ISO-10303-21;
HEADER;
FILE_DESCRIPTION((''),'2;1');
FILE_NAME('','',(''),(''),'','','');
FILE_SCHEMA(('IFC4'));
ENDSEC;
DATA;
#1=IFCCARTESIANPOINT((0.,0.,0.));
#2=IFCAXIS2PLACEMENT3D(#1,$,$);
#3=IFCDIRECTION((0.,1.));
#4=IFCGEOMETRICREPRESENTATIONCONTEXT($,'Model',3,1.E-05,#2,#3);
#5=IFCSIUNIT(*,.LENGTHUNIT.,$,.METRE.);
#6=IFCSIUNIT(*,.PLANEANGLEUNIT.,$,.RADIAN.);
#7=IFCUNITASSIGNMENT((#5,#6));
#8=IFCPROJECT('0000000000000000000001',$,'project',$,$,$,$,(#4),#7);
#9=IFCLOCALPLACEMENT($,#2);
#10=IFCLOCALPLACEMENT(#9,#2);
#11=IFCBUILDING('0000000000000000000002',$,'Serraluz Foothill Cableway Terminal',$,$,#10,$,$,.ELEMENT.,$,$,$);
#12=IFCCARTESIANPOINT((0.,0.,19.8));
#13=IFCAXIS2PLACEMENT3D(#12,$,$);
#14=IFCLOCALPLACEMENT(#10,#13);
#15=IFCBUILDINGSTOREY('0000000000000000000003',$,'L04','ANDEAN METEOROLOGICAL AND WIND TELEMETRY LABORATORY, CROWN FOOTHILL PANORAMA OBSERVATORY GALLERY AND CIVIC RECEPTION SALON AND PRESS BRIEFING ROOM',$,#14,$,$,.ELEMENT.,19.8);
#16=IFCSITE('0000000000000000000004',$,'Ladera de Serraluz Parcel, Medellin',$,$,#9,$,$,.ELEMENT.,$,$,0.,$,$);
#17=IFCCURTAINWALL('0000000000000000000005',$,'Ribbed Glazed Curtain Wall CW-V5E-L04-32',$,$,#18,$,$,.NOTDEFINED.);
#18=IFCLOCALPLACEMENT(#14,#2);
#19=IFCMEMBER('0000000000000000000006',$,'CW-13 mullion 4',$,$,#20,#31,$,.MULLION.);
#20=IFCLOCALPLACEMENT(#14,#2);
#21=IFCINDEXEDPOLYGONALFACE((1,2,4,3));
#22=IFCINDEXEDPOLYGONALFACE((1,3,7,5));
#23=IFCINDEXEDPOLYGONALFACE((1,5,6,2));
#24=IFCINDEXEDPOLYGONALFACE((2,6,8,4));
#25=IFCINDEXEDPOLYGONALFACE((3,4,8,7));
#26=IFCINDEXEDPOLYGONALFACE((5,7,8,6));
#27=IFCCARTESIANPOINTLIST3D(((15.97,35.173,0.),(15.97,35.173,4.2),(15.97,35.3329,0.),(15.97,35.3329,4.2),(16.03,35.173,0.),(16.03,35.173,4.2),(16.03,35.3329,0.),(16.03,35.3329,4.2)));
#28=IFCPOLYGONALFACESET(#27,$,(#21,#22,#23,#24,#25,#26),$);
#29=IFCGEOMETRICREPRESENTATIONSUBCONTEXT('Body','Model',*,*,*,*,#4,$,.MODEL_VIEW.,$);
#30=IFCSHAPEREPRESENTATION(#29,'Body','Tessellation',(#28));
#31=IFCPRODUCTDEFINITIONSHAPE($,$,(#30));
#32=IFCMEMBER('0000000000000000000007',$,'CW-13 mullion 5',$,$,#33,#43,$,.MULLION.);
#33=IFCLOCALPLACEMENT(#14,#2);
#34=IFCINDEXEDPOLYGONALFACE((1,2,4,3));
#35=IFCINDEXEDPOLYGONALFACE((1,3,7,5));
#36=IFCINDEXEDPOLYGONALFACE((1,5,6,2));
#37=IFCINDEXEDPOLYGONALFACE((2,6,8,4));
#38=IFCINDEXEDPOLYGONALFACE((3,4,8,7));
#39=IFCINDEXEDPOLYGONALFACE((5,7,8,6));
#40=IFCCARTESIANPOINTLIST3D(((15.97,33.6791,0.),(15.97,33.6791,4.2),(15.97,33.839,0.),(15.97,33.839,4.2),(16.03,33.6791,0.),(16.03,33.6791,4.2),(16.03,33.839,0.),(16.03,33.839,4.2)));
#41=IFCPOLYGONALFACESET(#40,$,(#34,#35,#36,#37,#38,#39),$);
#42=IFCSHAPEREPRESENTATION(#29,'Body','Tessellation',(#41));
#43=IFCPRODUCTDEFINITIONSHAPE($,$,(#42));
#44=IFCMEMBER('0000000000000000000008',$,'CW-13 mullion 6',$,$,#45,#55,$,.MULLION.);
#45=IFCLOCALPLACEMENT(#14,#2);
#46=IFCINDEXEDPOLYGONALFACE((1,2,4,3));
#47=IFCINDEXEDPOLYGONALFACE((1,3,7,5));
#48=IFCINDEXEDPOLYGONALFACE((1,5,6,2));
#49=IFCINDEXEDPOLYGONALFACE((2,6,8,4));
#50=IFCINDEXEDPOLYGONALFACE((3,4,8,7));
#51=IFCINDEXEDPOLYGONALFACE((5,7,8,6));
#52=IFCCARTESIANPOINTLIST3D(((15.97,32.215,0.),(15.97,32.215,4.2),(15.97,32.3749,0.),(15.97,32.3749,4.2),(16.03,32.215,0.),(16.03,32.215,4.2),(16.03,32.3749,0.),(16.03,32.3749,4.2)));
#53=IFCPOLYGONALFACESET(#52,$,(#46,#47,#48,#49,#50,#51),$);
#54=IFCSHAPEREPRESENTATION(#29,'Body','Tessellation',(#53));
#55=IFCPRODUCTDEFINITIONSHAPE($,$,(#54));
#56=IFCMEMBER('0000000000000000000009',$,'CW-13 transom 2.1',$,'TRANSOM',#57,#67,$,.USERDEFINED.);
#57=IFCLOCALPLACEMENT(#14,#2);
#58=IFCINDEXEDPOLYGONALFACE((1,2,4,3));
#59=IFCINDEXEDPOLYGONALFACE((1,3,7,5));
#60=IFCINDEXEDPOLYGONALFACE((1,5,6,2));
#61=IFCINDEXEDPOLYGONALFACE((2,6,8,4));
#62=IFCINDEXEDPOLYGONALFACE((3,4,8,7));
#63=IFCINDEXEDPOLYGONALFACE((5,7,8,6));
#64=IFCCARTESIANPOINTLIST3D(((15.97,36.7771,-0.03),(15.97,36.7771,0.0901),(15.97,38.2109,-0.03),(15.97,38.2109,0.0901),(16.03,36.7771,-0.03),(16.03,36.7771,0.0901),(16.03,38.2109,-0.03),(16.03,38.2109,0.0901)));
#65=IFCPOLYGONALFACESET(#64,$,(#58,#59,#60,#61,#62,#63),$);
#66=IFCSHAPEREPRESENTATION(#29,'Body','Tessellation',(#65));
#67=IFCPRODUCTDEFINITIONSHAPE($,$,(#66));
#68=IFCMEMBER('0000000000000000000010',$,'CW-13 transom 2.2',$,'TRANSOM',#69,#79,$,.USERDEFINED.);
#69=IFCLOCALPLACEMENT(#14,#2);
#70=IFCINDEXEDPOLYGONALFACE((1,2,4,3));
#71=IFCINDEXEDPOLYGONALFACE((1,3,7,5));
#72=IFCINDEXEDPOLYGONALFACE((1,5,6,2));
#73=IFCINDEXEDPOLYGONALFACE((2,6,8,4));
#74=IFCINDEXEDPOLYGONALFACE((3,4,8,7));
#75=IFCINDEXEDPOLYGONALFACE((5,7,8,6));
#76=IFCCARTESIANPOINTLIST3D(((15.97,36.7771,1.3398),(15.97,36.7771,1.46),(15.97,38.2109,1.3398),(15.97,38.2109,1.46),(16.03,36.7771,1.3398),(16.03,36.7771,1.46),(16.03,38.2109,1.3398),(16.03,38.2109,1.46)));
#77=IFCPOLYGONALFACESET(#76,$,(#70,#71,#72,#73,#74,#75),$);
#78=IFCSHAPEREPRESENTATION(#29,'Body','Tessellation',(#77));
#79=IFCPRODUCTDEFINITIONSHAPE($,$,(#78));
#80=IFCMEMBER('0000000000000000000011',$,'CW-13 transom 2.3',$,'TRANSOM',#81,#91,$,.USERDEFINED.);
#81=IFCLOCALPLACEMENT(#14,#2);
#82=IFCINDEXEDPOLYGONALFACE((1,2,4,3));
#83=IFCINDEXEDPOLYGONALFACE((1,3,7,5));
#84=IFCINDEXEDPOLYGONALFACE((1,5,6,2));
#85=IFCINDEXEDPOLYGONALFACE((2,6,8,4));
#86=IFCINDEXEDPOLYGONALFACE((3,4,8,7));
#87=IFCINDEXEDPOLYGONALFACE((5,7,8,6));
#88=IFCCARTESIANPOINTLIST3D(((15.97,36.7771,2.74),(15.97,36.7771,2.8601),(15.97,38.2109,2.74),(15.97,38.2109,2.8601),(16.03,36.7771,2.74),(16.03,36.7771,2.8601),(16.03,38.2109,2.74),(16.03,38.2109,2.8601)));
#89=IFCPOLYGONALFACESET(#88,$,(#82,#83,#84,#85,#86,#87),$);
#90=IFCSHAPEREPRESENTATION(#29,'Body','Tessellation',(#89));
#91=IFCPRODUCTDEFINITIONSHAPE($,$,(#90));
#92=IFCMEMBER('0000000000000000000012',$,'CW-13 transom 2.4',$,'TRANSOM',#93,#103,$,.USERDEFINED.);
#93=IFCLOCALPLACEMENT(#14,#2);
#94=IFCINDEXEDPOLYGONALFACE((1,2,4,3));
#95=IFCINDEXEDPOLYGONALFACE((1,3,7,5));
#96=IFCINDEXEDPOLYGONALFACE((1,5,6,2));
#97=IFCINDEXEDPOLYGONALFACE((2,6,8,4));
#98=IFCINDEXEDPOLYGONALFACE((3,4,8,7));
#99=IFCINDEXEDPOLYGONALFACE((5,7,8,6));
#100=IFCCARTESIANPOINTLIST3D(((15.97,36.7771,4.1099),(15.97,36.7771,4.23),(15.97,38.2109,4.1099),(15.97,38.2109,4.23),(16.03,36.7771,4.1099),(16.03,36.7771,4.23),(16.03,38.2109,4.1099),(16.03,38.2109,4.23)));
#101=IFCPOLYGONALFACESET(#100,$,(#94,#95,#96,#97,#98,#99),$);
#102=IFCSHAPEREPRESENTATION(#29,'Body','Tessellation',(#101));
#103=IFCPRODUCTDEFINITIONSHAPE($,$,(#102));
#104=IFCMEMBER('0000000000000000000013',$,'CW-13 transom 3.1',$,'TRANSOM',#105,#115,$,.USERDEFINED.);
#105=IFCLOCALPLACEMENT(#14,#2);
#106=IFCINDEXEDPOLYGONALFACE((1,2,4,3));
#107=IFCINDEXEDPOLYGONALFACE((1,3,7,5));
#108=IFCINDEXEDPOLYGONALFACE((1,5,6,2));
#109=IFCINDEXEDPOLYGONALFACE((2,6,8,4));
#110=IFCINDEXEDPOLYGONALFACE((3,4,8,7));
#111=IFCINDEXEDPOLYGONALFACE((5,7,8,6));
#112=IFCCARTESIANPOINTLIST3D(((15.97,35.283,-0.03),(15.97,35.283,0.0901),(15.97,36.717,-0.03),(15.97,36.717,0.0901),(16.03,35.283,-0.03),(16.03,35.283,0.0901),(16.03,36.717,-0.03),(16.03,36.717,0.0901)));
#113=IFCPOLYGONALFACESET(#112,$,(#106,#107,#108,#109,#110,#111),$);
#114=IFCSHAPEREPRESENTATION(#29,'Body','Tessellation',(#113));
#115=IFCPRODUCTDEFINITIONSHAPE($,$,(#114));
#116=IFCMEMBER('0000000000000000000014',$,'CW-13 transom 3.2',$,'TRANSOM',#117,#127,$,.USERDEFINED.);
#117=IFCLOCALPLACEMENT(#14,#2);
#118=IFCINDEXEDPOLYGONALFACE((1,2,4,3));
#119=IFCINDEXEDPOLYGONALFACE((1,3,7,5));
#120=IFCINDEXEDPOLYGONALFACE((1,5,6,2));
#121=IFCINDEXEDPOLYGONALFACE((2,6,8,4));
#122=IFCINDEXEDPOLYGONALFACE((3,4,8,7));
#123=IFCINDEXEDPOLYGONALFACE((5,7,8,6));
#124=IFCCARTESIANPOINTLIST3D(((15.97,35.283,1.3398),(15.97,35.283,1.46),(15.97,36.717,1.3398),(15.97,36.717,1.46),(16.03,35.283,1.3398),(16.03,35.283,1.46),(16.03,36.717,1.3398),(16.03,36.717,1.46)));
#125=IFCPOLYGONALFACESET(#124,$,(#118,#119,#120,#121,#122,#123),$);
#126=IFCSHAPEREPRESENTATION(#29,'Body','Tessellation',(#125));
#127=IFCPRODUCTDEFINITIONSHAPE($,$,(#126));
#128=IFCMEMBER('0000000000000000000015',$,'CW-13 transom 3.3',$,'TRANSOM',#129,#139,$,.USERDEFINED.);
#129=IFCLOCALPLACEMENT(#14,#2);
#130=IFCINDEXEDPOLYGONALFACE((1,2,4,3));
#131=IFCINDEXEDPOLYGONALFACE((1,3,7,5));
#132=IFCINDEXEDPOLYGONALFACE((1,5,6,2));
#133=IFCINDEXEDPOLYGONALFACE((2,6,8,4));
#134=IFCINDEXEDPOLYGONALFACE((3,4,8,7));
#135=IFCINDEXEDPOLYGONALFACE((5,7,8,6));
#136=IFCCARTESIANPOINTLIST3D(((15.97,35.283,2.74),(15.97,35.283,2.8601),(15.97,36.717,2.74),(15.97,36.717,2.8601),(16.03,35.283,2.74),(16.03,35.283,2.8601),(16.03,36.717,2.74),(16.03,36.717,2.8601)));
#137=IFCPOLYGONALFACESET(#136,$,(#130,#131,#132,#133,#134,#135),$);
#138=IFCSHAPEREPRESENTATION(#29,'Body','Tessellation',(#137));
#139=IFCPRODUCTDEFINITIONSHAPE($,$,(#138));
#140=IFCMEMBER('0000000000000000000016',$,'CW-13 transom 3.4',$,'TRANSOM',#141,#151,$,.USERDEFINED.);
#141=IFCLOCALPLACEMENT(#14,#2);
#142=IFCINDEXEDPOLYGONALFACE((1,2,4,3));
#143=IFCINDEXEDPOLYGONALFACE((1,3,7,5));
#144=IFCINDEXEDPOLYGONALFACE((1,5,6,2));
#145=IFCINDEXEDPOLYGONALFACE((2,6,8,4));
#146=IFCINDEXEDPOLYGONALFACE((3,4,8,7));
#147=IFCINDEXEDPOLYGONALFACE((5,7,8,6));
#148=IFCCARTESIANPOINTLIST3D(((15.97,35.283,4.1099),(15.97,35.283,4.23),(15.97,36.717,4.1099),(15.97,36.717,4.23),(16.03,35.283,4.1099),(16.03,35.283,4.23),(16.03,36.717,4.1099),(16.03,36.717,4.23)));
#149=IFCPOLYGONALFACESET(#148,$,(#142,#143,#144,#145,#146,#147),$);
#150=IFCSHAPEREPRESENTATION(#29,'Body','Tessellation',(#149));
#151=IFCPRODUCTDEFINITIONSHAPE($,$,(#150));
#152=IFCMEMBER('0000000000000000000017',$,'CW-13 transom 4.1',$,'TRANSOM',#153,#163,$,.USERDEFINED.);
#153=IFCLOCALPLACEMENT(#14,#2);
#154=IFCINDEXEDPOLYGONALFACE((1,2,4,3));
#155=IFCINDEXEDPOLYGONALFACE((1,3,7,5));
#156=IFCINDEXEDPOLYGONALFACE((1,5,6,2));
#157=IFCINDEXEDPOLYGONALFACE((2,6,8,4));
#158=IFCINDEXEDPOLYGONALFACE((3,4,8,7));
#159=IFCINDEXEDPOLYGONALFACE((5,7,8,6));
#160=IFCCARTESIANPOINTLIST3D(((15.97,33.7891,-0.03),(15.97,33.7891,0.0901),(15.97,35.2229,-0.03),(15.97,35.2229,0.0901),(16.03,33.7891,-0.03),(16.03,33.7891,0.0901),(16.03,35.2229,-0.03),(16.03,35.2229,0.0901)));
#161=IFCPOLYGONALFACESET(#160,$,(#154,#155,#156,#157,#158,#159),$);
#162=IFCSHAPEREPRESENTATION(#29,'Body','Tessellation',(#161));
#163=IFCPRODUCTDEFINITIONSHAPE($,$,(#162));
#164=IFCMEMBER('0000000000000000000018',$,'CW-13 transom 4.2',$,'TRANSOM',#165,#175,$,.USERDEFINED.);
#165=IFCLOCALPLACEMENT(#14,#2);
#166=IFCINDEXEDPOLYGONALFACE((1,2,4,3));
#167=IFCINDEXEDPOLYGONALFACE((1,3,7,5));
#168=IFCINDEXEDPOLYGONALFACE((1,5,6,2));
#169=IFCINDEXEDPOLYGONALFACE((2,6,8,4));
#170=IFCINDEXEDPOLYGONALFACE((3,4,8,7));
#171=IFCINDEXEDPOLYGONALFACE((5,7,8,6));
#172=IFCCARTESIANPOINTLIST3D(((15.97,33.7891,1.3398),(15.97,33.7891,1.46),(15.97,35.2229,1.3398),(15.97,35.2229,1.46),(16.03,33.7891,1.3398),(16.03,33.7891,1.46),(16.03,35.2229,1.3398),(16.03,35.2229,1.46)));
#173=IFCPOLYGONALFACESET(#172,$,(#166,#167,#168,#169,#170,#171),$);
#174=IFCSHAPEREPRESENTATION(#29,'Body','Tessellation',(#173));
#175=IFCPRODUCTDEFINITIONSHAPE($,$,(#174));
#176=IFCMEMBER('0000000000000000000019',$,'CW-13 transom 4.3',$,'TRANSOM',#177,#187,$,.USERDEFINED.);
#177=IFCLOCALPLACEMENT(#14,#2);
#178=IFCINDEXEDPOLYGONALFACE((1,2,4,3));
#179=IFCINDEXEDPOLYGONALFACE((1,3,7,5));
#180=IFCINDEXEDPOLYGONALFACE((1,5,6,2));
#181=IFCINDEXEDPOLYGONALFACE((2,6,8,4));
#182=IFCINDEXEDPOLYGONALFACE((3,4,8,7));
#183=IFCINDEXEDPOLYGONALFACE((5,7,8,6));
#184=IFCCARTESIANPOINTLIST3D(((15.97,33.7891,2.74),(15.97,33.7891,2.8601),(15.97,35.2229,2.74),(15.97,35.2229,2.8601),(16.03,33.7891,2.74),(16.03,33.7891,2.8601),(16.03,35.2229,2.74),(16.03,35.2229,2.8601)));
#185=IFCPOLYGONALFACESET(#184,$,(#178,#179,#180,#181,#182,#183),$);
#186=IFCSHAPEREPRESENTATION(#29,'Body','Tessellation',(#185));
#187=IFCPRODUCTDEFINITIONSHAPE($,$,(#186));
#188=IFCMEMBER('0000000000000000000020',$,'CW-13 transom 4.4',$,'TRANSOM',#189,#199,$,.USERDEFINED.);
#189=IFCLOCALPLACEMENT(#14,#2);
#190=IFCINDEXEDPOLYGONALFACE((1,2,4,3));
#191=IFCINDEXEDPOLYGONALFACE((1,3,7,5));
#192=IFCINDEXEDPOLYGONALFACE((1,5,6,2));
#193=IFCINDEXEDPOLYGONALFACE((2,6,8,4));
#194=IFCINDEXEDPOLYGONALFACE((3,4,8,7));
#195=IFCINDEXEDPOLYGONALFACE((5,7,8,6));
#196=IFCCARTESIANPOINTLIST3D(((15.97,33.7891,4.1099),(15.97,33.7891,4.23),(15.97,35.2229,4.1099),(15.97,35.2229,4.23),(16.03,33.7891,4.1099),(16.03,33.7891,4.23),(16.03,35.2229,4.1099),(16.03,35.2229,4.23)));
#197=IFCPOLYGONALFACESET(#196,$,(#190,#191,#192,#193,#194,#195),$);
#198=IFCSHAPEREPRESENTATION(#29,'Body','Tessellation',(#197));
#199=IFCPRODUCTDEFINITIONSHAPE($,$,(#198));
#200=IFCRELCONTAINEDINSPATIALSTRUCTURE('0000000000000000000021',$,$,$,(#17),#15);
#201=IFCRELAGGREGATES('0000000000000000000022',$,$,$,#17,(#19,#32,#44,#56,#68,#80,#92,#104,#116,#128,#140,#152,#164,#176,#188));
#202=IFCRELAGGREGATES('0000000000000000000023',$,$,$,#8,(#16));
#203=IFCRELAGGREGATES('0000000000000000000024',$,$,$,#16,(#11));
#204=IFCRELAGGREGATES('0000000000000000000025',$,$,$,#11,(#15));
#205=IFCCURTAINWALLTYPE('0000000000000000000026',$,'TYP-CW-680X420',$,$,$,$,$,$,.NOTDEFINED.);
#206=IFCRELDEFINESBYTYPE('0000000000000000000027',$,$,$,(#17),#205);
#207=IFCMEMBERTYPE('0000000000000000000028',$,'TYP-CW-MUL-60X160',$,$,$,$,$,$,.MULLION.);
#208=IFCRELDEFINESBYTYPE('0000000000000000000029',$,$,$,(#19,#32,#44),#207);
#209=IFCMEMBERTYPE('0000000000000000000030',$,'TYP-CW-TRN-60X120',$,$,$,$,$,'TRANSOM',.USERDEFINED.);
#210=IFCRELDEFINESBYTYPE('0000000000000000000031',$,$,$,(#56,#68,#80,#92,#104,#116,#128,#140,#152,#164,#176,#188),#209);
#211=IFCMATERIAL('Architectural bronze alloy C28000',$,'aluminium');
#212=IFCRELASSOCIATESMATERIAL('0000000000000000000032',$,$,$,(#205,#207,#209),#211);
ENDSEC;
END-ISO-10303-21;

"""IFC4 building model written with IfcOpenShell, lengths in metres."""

from ifc_helpers import new_model, si_unit, direction, frame, origin, origin_2d, place, context, subcontext, project, spatial, rectangle, extrude, material, material_profile, profile_set, type_object, element, aggregate, save


model = new_model("IFC4")

# Units and contexts
model_context = context("Model", 3, precision=1e-05, world=origin(), true_north=direction((0.0, 1.0)))
body_context = subcontext(model_context, "Body", "Model", "MODEL_VIEW")
ifc_project = project(units=[si_unit("LENGTHUNIT", "METRE"), si_unit("PLANEANGLEUNIT", "RADIAN")], contexts=[model_context])

# Site, building, storey
site_placement = place(None, origin())
site = spatial("IfcSite", under=ifc_project, at=site_placement, Name="Ladera de Serraluz Parcel, Medellin", CompositionType="ELEMENT", RefElevation=0.0)
building_placement = place(site_placement, origin())
building = spatial("IfcBuilding", under=site, at=building_placement, Name="Serraluz Foothill Cableway Terminal", CompositionType="ELEMENT")
storey_placement = place(building_placement, frame((0.0, 0.0, 19.8)))
storey = spatial("IfcBuildingStorey", under=building, at=storey_placement, Name="L04", Description="ANDEAN METEOROLOGICAL AND WIND TELEMETRY LABORATORY, CROWN FOOTHILL PANORAMA OBSERVATORY GALLERY AND CIVIC RECEPTION SALON AND PRESS BRIEFING ROOM", CompositionType="ELEMENT", Elevation=19.8)

# Curtain wall, members
ifc_material_1 = material(Name="Architectural bronze alloy C28000", Category="aluminium")
curtain_wall_type = type_object("IfcCurtainWallType", Name="TYP-CW-680X420", PredefinedType="NOTDEFINED", material=ifc_material_1)
curtain_wall_placement = place(storey_placement, origin())
curtain_wall = element("IfcCurtainWall", 1, at=curtain_wall_placement, inside=storey, type_object=curtain_wall_type, Name="Ribbed Glazed Curtain Wall CW-V5E-L04-32", PredefinedType="NOTDEFINED")
ifc_material_profile_1 = material_profile(ifc_material_1, rectangle(XDim=0.0601, YDim=0.1599, at=origin_2d()), Name="ALU MULLION 60x160")
ifc_profile_set_1 = profile_set([ifc_material_profile_1], Name="Architectural bronze alloy C28000")
member_type_1 = type_object("IfcMemberType", Name="TYP-CW-MUL-60X160", PredefinedType="MULLION", material=ifc_profile_set_1)
member_1_placement = place(storey_placement, frame((16.0, 35.2529, 0.0), z_axis=(0.0, 0.0, 1.0), x_axis=(1.0, 0.0, 0.0)))
member_1 = element("IfcMember", 2, at=member_1_placement, type_object=member_type_1, Name="CW-13 mullion 4", PredefinedType="MULLION", context=body_context, shape_type="SweptSolid", body=[
    extrude(rectangle(XDim=0.0601, YDim=0.1599, at=origin_2d()), origin(), (0.0, 0.0, 1.0), 4.2),
])
member_2_placement = place(storey_placement, frame((16.0, 33.759, 0.0), z_axis=(0.0, 0.0, 1.0), x_axis=(1.0, 0.0, 0.0)))
member_2 = element("IfcMember", 3, at=member_2_placement, type_object=member_type_1, Name="CW-13 mullion 5", PredefinedType="MULLION", context=body_context, shape_type="SweptSolid", body=[
    extrude(rectangle(XDim=0.0601, YDim=0.1599, at=origin_2d()), origin(), (0.0, 0.0, 1.0), 4.2),
])
member_3_placement = place(storey_placement, frame((16.0, 32.2949, 0.0), z_axis=(0.0, 0.0, 1.0), x_axis=(1.0, 0.0, 0.0)))
member_3 = element("IfcMember", 4, at=member_3_placement, type_object=member_type_1, Name="CW-13 mullion 6", PredefinedType="MULLION", context=body_context, shape_type="SweptSolid", body=[
    extrude(rectangle(XDim=0.0601, YDim=0.1599, at=origin_2d()), origin(), (0.0, 0.0, 1.0), 4.2),
])
ifc_material_profile_2 = material_profile(ifc_material_1, rectangle(XDim=0.0601, YDim=0.1201, at=origin_2d()), Name="ALU TRANSOM 60x120")
ifc_profile_set_2 = profile_set([ifc_material_profile_2], Name="Architectural bronze alloy C28000")
member_type_2 = type_object("IfcMemberType", Name="TYP-CW-TRN-60X120", ElementType="TRANSOM", PredefinedType="USERDEFINED", material=ifc_profile_set_2)
member_4_placement = place(storey_placement, frame((16.0, 38.2109, 0.03), z_axis=(0.0, -1.0, 0.0), x_axis=(1.0, 0.0, 0.0)))
member_4 = element("IfcMember", 5, at=member_4_placement, type_object=member_type_2, Name="CW-13 transom 2.1", ObjectType="TRANSOM", PredefinedType="USERDEFINED", context=body_context, shape_type="SweptSolid", body=[
    extrude(rectangle(XDim=0.0601, YDim=0.1201, at=origin_2d()), origin(), (0.0, 0.0, 1.0), 1.4338),
])
member_5_placement = place(storey_placement, frame((16.0, 38.2109, 1.3999), z_axis=(0.0, -1.0, 0.0), x_axis=(1.0, 0.0, 0.0)))
member_5 = element("IfcMember", 6, at=member_5_placement, type_object=member_type_2, Name="CW-13 transom 2.2", ObjectType="TRANSOM", PredefinedType="USERDEFINED", context=body_context, shape_type="SweptSolid", body=[
    extrude(rectangle(XDim=0.0601, YDim=0.1201, at=origin_2d()), origin(), (0.0, 0.0, 1.0), 1.4338),
])
member_6_placement = place(storey_placement, frame((16.0, 38.2109, 2.8), z_axis=(0.0, -1.0, 0.0), x_axis=(1.0, 0.0, 0.0)))
member_6 = element("IfcMember", 7, at=member_6_placement, type_object=member_type_2, Name="CW-13 transom 2.3", ObjectType="TRANSOM", PredefinedType="USERDEFINED", context=body_context, shape_type="SweptSolid", body=[
    extrude(rectangle(XDim=0.0601, YDim=0.1201, at=origin_2d()), origin(), (0.0, 0.0, 1.0), 1.4338),
])
member_7_placement = place(storey_placement, frame((16.0, 38.2109, 4.1699), z_axis=(0.0, -1.0, 0.0), x_axis=(1.0, 0.0, 0.0)))
member_7 = element("IfcMember", 8, at=member_7_placement, type_object=member_type_2, Name="CW-13 transom 2.4", ObjectType="TRANSOM", PredefinedType="USERDEFINED", context=body_context, shape_type="SweptSolid", body=[
    extrude(rectangle(XDim=0.0601, YDim=0.1201, at=origin_2d()), origin(), (0.0, 0.0, 1.0), 1.4338),
])
member_8_placement = place(storey_placement, frame((16.0, 36.717, 0.03), z_axis=(0.0, -1.0, 0.0), x_axis=(1.0, 0.0, 0.0)))
member_8 = element("IfcMember", 9, at=member_8_placement, type_object=member_type_2, Name="CW-13 transom 3.1", ObjectType="TRANSOM", PredefinedType="USERDEFINED", context=body_context, shape_type="SweptSolid", body=[
    extrude(rectangle(XDim=0.0601, YDim=0.1201, at=origin_2d()), origin(), (0.0, 0.0, 1.0), 1.4341),
])
member_9_placement = place(storey_placement, frame((16.0, 36.717, 1.3999), z_axis=(0.0, -1.0, 0.0), x_axis=(1.0, 0.0, 0.0)))
member_9 = element("IfcMember", 10, at=member_9_placement, type_object=member_type_2, Name="CW-13 transom 3.2", ObjectType="TRANSOM", PredefinedType="USERDEFINED", context=body_context, shape_type="SweptSolid", body=[
    extrude(rectangle(XDim=0.0601, YDim=0.1201, at=origin_2d()), origin(), (0.0, 0.0, 1.0), 1.4341),
])
member_10_placement = place(storey_placement, frame((16.0, 36.717, 2.8), z_axis=(0.0, -1.0, 0.0), x_axis=(1.0, 0.0, 0.0)))
member_10 = element("IfcMember", 11, at=member_10_placement, type_object=member_type_2, Name="CW-13 transom 3.3", ObjectType="TRANSOM", PredefinedType="USERDEFINED", context=body_context, shape_type="SweptSolid", body=[
    extrude(rectangle(XDim=0.0601, YDim=0.1201, at=origin_2d()), origin(), (0.0, 0.0, 1.0), 1.4341),
])
member_11_placement = place(storey_placement, frame((16.0, 36.717, 4.1699), z_axis=(0.0, -1.0, 0.0), x_axis=(1.0, 0.0, 0.0)))
member_11 = element("IfcMember", 12, at=member_11_placement, type_object=member_type_2, Name="CW-13 transom 3.4", ObjectType="TRANSOM", PredefinedType="USERDEFINED", context=body_context, shape_type="SweptSolid", body=[
    extrude(rectangle(XDim=0.0601, YDim=0.1201, at=origin_2d()), origin(), (0.0, 0.0, 1.0), 1.4341),
])
member_12_placement = place(storey_placement, frame((16.0, 35.2229, 0.03), z_axis=(0.0, -1.0, 0.0), x_axis=(1.0, 0.0, 0.0)))
member_12 = element("IfcMember", 13, at=member_12_placement, type_object=member_type_2, Name="CW-13 transom 4.1", ObjectType="TRANSOM", PredefinedType="USERDEFINED", context=body_context, shape_type="SweptSolid", body=[
    extrude(rectangle(XDim=0.0601, YDim=0.1201, at=origin_2d()), origin(), (0.0, 0.0, 1.0), 1.4338),
])
member_13_placement = place(storey_placement, frame((16.0, 35.2229, 1.3999), z_axis=(0.0, -1.0, 0.0), x_axis=(1.0, 0.0, 0.0)))
member_13 = element("IfcMember", 14, at=member_13_placement, type_object=member_type_2, Name="CW-13 transom 4.2", ObjectType="TRANSOM", PredefinedType="USERDEFINED", context=body_context, shape_type="SweptSolid", body=[
    extrude(rectangle(XDim=0.0601, YDim=0.1201, at=origin_2d()), origin(), (0.0, 0.0, 1.0), 1.4338),
])
member_14_placement = place(storey_placement, frame((16.0, 35.2229, 2.8), z_axis=(0.0, -1.0, 0.0), x_axis=(1.0, 0.0, 0.0)))
member_14 = element("IfcMember", 15, at=member_14_placement, type_object=member_type_2, Name="CW-13 transom 4.3", ObjectType="TRANSOM", PredefinedType="USERDEFINED", context=body_context, shape_type="SweptSolid", body=[
    extrude(rectangle(XDim=0.0601, YDim=0.1201, at=origin_2d()), origin(), (0.0, 0.0, 1.0), 1.4338),
])
member_15_placement = place(storey_placement, frame((16.0, 35.2229, 4.1699), z_axis=(0.0, -1.0, 0.0), x_axis=(1.0, 0.0, 0.0)))
member_15 = element("IfcMember", 16, at=member_15_placement, type_object=member_type_2, Name="CW-13 transom 4.4", ObjectType="TRANSOM", PredefinedType="USERDEFINED", context=body_context, shape_type="SweptSolid", body=[
    extrude(rectangle(XDim=0.0601, YDim=0.1201, at=origin_2d()), origin(), (0.0, 0.0, 1.0), 1.4338),
])
aggregate(curtain_wall, [member_1, member_2, member_3, member_4, member_5, member_6, member_7, member_8, member_9, member_10, member_11, member_12, member_13, member_14, member_15])

save(model, "model.ifc")
